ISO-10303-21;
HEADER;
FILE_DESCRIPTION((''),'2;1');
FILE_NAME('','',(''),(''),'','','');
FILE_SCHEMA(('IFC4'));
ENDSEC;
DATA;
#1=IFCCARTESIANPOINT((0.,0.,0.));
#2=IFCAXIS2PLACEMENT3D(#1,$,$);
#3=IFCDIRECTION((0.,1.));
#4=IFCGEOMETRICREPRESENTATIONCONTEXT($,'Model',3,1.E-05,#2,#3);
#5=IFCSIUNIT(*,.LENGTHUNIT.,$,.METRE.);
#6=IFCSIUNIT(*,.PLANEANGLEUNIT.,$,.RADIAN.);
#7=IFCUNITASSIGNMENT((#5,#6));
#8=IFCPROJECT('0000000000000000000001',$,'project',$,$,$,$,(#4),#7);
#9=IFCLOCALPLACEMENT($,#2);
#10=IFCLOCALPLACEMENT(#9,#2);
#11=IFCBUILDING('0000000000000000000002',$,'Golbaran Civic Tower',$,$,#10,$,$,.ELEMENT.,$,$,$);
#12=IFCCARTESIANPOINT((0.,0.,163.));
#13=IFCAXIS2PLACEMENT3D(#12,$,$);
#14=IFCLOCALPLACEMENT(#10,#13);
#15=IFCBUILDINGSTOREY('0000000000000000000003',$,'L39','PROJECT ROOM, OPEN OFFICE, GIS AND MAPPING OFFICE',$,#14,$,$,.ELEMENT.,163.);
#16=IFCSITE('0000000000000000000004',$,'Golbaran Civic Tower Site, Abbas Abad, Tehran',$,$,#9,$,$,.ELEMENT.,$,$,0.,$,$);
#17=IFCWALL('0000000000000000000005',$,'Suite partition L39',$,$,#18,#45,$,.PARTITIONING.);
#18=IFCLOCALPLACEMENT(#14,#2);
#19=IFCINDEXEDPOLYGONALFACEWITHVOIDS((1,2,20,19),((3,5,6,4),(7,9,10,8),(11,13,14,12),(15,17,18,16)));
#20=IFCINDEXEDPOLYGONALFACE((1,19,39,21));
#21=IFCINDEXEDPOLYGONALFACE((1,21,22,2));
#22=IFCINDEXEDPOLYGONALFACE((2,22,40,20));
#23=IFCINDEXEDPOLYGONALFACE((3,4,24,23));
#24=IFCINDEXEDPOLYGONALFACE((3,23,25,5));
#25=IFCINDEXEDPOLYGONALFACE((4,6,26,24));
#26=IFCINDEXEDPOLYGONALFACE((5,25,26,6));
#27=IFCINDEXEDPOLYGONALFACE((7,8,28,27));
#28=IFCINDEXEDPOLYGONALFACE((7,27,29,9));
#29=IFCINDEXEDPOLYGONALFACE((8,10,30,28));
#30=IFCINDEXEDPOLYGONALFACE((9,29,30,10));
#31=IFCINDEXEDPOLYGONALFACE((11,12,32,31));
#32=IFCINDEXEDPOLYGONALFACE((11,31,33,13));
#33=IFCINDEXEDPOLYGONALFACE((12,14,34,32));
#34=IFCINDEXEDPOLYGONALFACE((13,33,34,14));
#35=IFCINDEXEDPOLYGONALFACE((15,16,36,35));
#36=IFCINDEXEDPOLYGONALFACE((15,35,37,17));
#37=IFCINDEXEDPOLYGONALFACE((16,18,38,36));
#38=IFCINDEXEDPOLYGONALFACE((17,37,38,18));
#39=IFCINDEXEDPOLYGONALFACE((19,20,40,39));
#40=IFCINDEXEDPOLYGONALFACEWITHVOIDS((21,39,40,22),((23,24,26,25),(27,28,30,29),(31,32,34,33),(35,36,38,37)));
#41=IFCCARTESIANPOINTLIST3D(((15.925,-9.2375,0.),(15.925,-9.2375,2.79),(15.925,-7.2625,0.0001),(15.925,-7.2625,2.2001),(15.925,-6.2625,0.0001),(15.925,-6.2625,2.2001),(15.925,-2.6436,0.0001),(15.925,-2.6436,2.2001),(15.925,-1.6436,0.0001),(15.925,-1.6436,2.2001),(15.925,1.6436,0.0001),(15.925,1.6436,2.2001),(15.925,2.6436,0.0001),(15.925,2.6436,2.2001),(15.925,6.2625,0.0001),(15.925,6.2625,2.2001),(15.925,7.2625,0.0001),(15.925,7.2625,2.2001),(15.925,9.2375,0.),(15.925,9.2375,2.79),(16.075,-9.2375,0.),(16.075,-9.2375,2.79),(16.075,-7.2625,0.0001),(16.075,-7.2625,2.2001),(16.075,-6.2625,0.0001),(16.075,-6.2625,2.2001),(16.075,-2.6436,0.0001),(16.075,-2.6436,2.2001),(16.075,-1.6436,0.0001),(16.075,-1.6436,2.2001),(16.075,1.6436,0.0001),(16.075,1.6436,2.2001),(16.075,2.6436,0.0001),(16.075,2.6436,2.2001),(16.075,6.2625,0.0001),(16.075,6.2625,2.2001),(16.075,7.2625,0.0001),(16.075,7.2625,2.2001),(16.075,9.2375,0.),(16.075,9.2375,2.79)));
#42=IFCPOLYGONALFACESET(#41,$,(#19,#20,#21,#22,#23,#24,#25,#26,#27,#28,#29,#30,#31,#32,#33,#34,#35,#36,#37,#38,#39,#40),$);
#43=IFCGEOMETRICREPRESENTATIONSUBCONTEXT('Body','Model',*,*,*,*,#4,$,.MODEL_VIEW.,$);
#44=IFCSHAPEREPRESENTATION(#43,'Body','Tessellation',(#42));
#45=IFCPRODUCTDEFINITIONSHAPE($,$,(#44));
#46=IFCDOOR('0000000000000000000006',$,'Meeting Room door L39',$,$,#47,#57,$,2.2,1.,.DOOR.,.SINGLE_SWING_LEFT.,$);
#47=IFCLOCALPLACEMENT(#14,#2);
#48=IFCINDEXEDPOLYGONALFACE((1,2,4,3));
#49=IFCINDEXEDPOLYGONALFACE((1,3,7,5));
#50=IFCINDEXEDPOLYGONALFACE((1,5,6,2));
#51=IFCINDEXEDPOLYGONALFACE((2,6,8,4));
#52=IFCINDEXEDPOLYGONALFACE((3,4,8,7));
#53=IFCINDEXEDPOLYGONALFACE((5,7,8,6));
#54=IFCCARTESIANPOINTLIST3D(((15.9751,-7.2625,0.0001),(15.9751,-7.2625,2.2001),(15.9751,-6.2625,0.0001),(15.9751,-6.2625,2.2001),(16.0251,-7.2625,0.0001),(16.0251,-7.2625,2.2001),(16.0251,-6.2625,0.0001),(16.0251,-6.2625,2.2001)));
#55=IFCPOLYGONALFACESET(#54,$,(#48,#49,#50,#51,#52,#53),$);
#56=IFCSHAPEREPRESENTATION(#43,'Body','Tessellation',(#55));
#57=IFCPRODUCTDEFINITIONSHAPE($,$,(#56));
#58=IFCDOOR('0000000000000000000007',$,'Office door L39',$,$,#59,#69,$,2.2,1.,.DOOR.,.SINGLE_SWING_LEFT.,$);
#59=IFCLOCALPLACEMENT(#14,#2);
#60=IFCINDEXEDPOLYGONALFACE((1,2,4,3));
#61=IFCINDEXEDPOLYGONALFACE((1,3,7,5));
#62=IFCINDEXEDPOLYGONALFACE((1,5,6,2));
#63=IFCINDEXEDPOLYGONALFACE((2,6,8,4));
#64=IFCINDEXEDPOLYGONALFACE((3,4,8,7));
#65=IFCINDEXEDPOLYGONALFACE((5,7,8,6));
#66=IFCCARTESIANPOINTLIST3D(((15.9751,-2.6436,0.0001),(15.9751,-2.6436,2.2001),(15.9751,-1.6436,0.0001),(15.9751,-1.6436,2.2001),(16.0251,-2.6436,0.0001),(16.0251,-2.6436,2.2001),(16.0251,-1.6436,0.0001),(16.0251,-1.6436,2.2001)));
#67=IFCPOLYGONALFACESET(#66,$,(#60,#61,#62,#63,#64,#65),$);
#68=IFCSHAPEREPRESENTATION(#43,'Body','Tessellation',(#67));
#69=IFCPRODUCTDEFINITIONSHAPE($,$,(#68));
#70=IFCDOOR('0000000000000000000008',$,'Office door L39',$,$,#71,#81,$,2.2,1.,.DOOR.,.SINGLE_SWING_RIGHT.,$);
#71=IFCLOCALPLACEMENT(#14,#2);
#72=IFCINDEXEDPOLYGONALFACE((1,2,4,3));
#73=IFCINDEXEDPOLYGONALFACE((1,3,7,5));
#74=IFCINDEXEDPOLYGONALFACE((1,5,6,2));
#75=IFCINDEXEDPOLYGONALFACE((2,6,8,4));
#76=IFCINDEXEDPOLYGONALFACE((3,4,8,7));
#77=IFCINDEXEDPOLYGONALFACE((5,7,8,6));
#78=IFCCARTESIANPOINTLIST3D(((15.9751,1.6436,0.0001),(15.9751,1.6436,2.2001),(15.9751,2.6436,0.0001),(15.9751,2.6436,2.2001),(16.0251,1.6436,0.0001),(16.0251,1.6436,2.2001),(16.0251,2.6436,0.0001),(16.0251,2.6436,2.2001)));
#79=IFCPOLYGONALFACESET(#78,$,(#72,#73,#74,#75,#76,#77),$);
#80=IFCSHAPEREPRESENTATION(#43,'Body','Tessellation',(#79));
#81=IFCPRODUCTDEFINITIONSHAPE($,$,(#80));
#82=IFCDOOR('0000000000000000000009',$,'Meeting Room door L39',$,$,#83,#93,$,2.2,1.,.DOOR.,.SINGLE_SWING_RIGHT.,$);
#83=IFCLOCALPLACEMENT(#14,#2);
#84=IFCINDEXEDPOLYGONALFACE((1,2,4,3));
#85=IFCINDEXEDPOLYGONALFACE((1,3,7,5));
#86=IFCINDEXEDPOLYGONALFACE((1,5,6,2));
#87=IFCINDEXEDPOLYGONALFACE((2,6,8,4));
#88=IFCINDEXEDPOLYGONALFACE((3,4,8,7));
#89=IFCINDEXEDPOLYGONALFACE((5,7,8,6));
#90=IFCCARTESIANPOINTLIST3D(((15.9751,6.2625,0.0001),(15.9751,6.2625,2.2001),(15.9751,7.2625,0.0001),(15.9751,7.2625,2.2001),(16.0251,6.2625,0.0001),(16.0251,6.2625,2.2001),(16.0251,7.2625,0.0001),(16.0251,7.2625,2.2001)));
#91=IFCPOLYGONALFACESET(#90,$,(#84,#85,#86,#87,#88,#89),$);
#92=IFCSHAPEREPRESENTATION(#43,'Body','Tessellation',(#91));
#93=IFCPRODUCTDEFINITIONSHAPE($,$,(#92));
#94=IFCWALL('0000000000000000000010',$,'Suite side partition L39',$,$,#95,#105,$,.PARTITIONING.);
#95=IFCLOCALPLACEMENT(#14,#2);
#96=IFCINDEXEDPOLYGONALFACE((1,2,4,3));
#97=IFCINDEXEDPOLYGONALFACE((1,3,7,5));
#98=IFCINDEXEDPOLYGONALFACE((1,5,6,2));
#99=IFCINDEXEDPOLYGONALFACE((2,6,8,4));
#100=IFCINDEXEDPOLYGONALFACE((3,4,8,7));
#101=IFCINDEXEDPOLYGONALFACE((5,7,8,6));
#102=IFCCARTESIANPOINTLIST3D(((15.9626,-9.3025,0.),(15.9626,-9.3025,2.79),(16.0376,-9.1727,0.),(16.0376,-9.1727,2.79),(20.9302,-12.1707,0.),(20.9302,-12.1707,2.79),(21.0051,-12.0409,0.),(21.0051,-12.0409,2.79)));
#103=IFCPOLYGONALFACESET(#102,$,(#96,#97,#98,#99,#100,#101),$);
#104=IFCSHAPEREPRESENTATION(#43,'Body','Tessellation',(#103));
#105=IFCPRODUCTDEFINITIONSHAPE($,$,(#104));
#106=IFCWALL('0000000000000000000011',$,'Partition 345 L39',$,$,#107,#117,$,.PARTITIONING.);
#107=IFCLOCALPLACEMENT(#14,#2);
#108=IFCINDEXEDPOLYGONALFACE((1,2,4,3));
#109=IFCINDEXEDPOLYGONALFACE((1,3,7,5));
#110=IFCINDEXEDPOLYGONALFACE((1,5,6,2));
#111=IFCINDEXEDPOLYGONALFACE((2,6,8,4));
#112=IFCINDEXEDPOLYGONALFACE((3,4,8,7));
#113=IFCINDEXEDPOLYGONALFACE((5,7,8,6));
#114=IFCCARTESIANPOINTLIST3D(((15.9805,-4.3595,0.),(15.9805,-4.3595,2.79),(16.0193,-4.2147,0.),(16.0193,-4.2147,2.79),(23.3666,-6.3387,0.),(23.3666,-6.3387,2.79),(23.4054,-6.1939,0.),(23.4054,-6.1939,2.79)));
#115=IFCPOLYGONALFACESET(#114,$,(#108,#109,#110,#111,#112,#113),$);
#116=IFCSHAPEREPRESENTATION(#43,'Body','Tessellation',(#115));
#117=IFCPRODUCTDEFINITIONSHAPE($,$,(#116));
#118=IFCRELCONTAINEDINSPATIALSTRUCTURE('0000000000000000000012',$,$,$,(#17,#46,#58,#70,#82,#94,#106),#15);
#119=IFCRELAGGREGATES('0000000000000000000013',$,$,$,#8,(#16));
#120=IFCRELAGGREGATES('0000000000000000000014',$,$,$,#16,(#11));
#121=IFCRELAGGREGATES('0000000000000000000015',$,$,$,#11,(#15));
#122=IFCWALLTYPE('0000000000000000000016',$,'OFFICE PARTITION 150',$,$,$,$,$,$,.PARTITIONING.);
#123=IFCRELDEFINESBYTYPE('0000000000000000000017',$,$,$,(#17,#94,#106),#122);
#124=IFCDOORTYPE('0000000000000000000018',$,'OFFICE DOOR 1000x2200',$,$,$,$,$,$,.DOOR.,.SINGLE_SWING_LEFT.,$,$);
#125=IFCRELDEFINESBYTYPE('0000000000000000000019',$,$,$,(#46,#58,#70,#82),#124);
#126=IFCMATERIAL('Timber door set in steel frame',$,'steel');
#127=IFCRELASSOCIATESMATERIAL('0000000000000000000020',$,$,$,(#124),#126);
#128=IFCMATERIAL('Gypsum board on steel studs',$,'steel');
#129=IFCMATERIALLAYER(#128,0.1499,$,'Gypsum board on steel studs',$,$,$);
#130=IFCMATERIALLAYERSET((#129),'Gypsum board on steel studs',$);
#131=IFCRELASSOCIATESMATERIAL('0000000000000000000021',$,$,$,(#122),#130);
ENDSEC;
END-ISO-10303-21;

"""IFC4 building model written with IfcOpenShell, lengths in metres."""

from ifc_helpers import new_model, si_unit, direction, frame, frame_2d, origin, place, context, subcontext, project, spatial, rectangle, extrude, material, layer, layer_set, type_object, element, fill, save


model = new_model("IFC4")

# Units and contexts
model_context = context("Model", 3, precision=1e-05, world=origin(), true_north=direction((0.0, 1.0)))
body_context = subcontext(model_context, "Body", "Model", "MODEL_VIEW")
ifc_project = project(units=[si_unit("LENGTHUNIT", "METRE"), si_unit("PLANEANGLEUNIT", "RADIAN")], contexts=[model_context])

# Site, building, storey
site_placement = place(None, origin())
site = spatial("IfcSite", under=ifc_project, at=site_placement, Name="Golbaran Civic Tower Site, Abbas Abad, Tehran", CompositionType="ELEMENT", RefElevation=0.0)
building_placement = place(site_placement, origin())
building = spatial("IfcBuilding", under=site, at=building_placement, Name="Golbaran Civic Tower", CompositionType="ELEMENT")
storey_placement = place(building_placement, frame((0.0, 0.0, 163.0)))
storey = spatial("IfcBuildingStorey", under=building, at=storey_placement, Name="L39", Description="PROJECT ROOM, OPEN OFFICE, GIS AND MAPPING OFFICE", CompositionType="ELEMENT", Elevation=163.0)

# Shared definitions
ifc_material_1 = material(Name="Timber door set in steel frame", Category="steel")

# Shared definitions
door_type_1 = type_object("IfcDoorType", Name="OFFICE DOOR 1000x2200", OperationType="SINGLE_SWING_LEFT", PredefinedType="DOOR", material=ifc_material_1)

# Wall, openings, doors
ifc_material_2 = material(Name="Gypsum board on steel studs", Category="steel")
ifc_layer_1 = layer(ifc_material_2, 0.1499, Name="Gypsum board on steel studs")
ifc_layer_set_1 = layer_set([ifc_layer_1], Name="Gypsum board on steel studs")
wall_type_1 = type_object("IfcWallType", Name="OFFICE PARTITION 150", PredefinedType="PARTITIONING", material=ifc_layer_set_1)
wall_1_placement = place(storey_placement, frame((16.0, -9.2375, 0.0), z_axis=(0.0, 0.0, 1.0), x_axis=(0.0, 1.0, 0.0)))
wall_1 = element("IfcWall", 1, at=wall_1_placement, inside=storey, type_object=wall_type_1, Name="Suite partition L39", PredefinedType="PARTITIONING", context=body_context, shape_type="SweptSolid", body=[
    extrude(rectangle(XDim=18.4751, YDim=0.1499, at=frame_2d((9.2375, 0.0))), origin(), (0.0, 0.0, 1.0), 2.79),
])
opening_1_placement = place(wall_1_placement, frame((1.9751, 0.0, 0.0)))
opening_1 = element("IfcOpeningElement", 2, at=opening_1_placement, cuts=wall_1, PredefinedType="OPENING", context=body_context, shape_type="SweptSolid", body=[
    extrude(rectangle(XDim=1.0, YDim=2.2, at=frame_2d((0.5, 1.1001))), frame((0.0, 0.085, 0.0), z_axis=(0.0, -1.0, 0.0), x_axis=(1.0, 0.0, 0.0)), (0.0, 0.0, 1.0), 0.1699),
])
opening_2_placement = place(wall_1_placement, frame((6.594, 0.0, 0.0)))
opening_2 = element("IfcOpeningElement", 3, at=opening_2_placement, cuts=wall_1, PredefinedType="OPENING", context=body_context, shape_type="SweptSolid", body=[
    extrude(rectangle(XDim=1.0, YDim=2.2, at=frame_2d((0.5, 1.1001))), frame((0.0, 0.085, 0.0), z_axis=(0.0, -1.0, 0.0), x_axis=(1.0, 0.0, 0.0)), (0.0, 0.0, 1.0), 0.1699),
])
opening_3_placement = place(wall_1_placement, frame((10.8811, 0.0, 0.0)))
opening_3 = element("IfcOpeningElement", 4, at=opening_3_placement, cuts=wall_1, PredefinedType="OPENING", context=body_context, shape_type="SweptSolid", body=[
    extrude(rectangle(XDim=1.0, YDim=2.2, at=frame_2d((0.5, 1.1001))), frame((0.0, 0.085, 0.0), z_axis=(0.0, -1.0, 0.0), x_axis=(1.0, 0.0, 0.0)), (0.0, 0.0, 1.0), 0.1699),
])
opening_4_placement = place(wall_1_placement, frame((15.5, 0.0, 0.0)))
opening_4 = element("IfcOpeningElement", 5, at=opening_4_placement, cuts=wall_1, PredefinedType="OPENING", context=body_context, shape_type="SweptSolid", body=[
    extrude(rectangle(XDim=1.0, YDim=2.2, at=frame_2d((0.5, 1.1001))), frame((0.0, 0.085, 0.0), z_axis=(0.0, -1.0, 0.0), x_axis=(1.0, 0.0, 0.0)), (0.0, 0.0, 1.0), 0.1699),
])
door_1_placement = place(opening_1_placement, origin())
door_1 = element("IfcDoor", 6, at=door_1_placement, inside=storey, type_object=door_type_1, Name="Meeting Room door L39", OperationType="SINGLE_SWING_LEFT", OverallHeight=2.2, OverallWidth=1.0, PredefinedType="DOOR", context=body_context, shape_type="SweptSolid", body=[
    extrude(rectangle(XDim=1.0, YDim=2.2, at=frame_2d((0.5, 1.1001))), frame((0.0, 0.0249, 0.0), z_axis=(0.0, -1.0, 0.0), x_axis=(1.0, 0.0, 0.0)), (0.0, 0.0, 1.0), 0.05),
])
fill(opening_1, door_1)
door_2_placement = place(opening_2_placement, origin())
door_2 = element("IfcDoor", 7, at=door_2_placement, inside=storey, type_object=door_type_1, Name="Office door L39", OperationType="SINGLE_SWING_LEFT", OverallHeight=2.2, OverallWidth=1.0, PredefinedType="DOOR", context=body_context, shape_type="SweptSolid", body=[
    extrude(rectangle(XDim=1.0, YDim=2.2, at=frame_2d((0.5, 1.1001))), frame((0.0, 0.0249, 0.0), z_axis=(0.0, -1.0, 0.0), x_axis=(1.0, 0.0, 0.0)), (0.0, 0.0, 1.0), 0.05),
])
fill(opening_2, door_2)
door_3_placement = place(opening_3_placement, origin())
door_3 = element("IfcDoor", 8, at=door_3_placement, inside=storey, type_object=door_type_1, Name="Office door L39", OperationType="SINGLE_SWING_RIGHT", OverallHeight=2.2, OverallWidth=1.0, PredefinedType="DOOR", context=body_context, shape_type="SweptSolid", body=[
    extrude(rectangle(XDim=1.0, YDim=2.2, at=frame_2d((0.5, 1.1001))), frame((0.0, 0.0249, 0.0), z_axis=(0.0, -1.0, 0.0), x_axis=(1.0, 0.0, 0.0)), (0.0, 0.0, 1.0), 0.05),
])
fill(opening_3, door_3)
door_4_placement = place(opening_4_placement, origin())
door_4 = element("IfcDoor", 9, at=door_4_placement, inside=storey, type_object=door_type_1, Name="Meeting Room door L39", OperationType="SINGLE_SWING_RIGHT", OverallHeight=2.2, OverallWidth=1.0, PredefinedType="DOOR", context=body_context, shape_type="SweptSolid", body=[
    extrude(rectangle(XDim=1.0, YDim=2.2, at=frame_2d((0.5, 1.1001))), frame((0.0, 0.0249, 0.0), z_axis=(0.0, -1.0, 0.0), x_axis=(1.0, 0.0, 0.0)), (0.0, 0.0, 1.0), 0.05),
])
fill(opening_4, door_4)

# Walls
wall_2_placement = place(storey_placement, frame((16.0, -9.2375, 0.0), z_axis=(0.0, 0.0, 1.0), x_axis=(0.866013, -0.500021, 0.0)))
element("IfcWall", 10, at=wall_2_placement, inside=storey, type_object=wall_type_1, Name="Suite side partition L39", PredefinedType="PARTITIONING", context=body_context, shape_type="SweptSolid", body=[
    extrude(rectangle(XDim=5.7361, YDim=0.1499, at=frame_2d((2.8682, 0.0))), origin(), (0.0, 0.0, 1.0), 2.79),
])
wall_3_placement = place(storey_placement, frame((16.0, -4.2871, 0.0), z_axis=(0.0, 0.0, 1.0), x_axis=(0.965922, -0.258833, 0.0)))
element("IfcWall", 11, at=wall_3_placement, inside=storey, type_object=wall_type_1, Name="Partition 345 L39", PredefinedType="PARTITIONING", context=body_context, shape_type="SweptSolid", body=[
    extrude(rectangle(XDim=7.6467, YDim=0.1499, at=frame_2d((3.8232, 0.0))), origin(), (0.0, 0.0, 1.0), 2.79),
])

save(model, "model.ifc")
